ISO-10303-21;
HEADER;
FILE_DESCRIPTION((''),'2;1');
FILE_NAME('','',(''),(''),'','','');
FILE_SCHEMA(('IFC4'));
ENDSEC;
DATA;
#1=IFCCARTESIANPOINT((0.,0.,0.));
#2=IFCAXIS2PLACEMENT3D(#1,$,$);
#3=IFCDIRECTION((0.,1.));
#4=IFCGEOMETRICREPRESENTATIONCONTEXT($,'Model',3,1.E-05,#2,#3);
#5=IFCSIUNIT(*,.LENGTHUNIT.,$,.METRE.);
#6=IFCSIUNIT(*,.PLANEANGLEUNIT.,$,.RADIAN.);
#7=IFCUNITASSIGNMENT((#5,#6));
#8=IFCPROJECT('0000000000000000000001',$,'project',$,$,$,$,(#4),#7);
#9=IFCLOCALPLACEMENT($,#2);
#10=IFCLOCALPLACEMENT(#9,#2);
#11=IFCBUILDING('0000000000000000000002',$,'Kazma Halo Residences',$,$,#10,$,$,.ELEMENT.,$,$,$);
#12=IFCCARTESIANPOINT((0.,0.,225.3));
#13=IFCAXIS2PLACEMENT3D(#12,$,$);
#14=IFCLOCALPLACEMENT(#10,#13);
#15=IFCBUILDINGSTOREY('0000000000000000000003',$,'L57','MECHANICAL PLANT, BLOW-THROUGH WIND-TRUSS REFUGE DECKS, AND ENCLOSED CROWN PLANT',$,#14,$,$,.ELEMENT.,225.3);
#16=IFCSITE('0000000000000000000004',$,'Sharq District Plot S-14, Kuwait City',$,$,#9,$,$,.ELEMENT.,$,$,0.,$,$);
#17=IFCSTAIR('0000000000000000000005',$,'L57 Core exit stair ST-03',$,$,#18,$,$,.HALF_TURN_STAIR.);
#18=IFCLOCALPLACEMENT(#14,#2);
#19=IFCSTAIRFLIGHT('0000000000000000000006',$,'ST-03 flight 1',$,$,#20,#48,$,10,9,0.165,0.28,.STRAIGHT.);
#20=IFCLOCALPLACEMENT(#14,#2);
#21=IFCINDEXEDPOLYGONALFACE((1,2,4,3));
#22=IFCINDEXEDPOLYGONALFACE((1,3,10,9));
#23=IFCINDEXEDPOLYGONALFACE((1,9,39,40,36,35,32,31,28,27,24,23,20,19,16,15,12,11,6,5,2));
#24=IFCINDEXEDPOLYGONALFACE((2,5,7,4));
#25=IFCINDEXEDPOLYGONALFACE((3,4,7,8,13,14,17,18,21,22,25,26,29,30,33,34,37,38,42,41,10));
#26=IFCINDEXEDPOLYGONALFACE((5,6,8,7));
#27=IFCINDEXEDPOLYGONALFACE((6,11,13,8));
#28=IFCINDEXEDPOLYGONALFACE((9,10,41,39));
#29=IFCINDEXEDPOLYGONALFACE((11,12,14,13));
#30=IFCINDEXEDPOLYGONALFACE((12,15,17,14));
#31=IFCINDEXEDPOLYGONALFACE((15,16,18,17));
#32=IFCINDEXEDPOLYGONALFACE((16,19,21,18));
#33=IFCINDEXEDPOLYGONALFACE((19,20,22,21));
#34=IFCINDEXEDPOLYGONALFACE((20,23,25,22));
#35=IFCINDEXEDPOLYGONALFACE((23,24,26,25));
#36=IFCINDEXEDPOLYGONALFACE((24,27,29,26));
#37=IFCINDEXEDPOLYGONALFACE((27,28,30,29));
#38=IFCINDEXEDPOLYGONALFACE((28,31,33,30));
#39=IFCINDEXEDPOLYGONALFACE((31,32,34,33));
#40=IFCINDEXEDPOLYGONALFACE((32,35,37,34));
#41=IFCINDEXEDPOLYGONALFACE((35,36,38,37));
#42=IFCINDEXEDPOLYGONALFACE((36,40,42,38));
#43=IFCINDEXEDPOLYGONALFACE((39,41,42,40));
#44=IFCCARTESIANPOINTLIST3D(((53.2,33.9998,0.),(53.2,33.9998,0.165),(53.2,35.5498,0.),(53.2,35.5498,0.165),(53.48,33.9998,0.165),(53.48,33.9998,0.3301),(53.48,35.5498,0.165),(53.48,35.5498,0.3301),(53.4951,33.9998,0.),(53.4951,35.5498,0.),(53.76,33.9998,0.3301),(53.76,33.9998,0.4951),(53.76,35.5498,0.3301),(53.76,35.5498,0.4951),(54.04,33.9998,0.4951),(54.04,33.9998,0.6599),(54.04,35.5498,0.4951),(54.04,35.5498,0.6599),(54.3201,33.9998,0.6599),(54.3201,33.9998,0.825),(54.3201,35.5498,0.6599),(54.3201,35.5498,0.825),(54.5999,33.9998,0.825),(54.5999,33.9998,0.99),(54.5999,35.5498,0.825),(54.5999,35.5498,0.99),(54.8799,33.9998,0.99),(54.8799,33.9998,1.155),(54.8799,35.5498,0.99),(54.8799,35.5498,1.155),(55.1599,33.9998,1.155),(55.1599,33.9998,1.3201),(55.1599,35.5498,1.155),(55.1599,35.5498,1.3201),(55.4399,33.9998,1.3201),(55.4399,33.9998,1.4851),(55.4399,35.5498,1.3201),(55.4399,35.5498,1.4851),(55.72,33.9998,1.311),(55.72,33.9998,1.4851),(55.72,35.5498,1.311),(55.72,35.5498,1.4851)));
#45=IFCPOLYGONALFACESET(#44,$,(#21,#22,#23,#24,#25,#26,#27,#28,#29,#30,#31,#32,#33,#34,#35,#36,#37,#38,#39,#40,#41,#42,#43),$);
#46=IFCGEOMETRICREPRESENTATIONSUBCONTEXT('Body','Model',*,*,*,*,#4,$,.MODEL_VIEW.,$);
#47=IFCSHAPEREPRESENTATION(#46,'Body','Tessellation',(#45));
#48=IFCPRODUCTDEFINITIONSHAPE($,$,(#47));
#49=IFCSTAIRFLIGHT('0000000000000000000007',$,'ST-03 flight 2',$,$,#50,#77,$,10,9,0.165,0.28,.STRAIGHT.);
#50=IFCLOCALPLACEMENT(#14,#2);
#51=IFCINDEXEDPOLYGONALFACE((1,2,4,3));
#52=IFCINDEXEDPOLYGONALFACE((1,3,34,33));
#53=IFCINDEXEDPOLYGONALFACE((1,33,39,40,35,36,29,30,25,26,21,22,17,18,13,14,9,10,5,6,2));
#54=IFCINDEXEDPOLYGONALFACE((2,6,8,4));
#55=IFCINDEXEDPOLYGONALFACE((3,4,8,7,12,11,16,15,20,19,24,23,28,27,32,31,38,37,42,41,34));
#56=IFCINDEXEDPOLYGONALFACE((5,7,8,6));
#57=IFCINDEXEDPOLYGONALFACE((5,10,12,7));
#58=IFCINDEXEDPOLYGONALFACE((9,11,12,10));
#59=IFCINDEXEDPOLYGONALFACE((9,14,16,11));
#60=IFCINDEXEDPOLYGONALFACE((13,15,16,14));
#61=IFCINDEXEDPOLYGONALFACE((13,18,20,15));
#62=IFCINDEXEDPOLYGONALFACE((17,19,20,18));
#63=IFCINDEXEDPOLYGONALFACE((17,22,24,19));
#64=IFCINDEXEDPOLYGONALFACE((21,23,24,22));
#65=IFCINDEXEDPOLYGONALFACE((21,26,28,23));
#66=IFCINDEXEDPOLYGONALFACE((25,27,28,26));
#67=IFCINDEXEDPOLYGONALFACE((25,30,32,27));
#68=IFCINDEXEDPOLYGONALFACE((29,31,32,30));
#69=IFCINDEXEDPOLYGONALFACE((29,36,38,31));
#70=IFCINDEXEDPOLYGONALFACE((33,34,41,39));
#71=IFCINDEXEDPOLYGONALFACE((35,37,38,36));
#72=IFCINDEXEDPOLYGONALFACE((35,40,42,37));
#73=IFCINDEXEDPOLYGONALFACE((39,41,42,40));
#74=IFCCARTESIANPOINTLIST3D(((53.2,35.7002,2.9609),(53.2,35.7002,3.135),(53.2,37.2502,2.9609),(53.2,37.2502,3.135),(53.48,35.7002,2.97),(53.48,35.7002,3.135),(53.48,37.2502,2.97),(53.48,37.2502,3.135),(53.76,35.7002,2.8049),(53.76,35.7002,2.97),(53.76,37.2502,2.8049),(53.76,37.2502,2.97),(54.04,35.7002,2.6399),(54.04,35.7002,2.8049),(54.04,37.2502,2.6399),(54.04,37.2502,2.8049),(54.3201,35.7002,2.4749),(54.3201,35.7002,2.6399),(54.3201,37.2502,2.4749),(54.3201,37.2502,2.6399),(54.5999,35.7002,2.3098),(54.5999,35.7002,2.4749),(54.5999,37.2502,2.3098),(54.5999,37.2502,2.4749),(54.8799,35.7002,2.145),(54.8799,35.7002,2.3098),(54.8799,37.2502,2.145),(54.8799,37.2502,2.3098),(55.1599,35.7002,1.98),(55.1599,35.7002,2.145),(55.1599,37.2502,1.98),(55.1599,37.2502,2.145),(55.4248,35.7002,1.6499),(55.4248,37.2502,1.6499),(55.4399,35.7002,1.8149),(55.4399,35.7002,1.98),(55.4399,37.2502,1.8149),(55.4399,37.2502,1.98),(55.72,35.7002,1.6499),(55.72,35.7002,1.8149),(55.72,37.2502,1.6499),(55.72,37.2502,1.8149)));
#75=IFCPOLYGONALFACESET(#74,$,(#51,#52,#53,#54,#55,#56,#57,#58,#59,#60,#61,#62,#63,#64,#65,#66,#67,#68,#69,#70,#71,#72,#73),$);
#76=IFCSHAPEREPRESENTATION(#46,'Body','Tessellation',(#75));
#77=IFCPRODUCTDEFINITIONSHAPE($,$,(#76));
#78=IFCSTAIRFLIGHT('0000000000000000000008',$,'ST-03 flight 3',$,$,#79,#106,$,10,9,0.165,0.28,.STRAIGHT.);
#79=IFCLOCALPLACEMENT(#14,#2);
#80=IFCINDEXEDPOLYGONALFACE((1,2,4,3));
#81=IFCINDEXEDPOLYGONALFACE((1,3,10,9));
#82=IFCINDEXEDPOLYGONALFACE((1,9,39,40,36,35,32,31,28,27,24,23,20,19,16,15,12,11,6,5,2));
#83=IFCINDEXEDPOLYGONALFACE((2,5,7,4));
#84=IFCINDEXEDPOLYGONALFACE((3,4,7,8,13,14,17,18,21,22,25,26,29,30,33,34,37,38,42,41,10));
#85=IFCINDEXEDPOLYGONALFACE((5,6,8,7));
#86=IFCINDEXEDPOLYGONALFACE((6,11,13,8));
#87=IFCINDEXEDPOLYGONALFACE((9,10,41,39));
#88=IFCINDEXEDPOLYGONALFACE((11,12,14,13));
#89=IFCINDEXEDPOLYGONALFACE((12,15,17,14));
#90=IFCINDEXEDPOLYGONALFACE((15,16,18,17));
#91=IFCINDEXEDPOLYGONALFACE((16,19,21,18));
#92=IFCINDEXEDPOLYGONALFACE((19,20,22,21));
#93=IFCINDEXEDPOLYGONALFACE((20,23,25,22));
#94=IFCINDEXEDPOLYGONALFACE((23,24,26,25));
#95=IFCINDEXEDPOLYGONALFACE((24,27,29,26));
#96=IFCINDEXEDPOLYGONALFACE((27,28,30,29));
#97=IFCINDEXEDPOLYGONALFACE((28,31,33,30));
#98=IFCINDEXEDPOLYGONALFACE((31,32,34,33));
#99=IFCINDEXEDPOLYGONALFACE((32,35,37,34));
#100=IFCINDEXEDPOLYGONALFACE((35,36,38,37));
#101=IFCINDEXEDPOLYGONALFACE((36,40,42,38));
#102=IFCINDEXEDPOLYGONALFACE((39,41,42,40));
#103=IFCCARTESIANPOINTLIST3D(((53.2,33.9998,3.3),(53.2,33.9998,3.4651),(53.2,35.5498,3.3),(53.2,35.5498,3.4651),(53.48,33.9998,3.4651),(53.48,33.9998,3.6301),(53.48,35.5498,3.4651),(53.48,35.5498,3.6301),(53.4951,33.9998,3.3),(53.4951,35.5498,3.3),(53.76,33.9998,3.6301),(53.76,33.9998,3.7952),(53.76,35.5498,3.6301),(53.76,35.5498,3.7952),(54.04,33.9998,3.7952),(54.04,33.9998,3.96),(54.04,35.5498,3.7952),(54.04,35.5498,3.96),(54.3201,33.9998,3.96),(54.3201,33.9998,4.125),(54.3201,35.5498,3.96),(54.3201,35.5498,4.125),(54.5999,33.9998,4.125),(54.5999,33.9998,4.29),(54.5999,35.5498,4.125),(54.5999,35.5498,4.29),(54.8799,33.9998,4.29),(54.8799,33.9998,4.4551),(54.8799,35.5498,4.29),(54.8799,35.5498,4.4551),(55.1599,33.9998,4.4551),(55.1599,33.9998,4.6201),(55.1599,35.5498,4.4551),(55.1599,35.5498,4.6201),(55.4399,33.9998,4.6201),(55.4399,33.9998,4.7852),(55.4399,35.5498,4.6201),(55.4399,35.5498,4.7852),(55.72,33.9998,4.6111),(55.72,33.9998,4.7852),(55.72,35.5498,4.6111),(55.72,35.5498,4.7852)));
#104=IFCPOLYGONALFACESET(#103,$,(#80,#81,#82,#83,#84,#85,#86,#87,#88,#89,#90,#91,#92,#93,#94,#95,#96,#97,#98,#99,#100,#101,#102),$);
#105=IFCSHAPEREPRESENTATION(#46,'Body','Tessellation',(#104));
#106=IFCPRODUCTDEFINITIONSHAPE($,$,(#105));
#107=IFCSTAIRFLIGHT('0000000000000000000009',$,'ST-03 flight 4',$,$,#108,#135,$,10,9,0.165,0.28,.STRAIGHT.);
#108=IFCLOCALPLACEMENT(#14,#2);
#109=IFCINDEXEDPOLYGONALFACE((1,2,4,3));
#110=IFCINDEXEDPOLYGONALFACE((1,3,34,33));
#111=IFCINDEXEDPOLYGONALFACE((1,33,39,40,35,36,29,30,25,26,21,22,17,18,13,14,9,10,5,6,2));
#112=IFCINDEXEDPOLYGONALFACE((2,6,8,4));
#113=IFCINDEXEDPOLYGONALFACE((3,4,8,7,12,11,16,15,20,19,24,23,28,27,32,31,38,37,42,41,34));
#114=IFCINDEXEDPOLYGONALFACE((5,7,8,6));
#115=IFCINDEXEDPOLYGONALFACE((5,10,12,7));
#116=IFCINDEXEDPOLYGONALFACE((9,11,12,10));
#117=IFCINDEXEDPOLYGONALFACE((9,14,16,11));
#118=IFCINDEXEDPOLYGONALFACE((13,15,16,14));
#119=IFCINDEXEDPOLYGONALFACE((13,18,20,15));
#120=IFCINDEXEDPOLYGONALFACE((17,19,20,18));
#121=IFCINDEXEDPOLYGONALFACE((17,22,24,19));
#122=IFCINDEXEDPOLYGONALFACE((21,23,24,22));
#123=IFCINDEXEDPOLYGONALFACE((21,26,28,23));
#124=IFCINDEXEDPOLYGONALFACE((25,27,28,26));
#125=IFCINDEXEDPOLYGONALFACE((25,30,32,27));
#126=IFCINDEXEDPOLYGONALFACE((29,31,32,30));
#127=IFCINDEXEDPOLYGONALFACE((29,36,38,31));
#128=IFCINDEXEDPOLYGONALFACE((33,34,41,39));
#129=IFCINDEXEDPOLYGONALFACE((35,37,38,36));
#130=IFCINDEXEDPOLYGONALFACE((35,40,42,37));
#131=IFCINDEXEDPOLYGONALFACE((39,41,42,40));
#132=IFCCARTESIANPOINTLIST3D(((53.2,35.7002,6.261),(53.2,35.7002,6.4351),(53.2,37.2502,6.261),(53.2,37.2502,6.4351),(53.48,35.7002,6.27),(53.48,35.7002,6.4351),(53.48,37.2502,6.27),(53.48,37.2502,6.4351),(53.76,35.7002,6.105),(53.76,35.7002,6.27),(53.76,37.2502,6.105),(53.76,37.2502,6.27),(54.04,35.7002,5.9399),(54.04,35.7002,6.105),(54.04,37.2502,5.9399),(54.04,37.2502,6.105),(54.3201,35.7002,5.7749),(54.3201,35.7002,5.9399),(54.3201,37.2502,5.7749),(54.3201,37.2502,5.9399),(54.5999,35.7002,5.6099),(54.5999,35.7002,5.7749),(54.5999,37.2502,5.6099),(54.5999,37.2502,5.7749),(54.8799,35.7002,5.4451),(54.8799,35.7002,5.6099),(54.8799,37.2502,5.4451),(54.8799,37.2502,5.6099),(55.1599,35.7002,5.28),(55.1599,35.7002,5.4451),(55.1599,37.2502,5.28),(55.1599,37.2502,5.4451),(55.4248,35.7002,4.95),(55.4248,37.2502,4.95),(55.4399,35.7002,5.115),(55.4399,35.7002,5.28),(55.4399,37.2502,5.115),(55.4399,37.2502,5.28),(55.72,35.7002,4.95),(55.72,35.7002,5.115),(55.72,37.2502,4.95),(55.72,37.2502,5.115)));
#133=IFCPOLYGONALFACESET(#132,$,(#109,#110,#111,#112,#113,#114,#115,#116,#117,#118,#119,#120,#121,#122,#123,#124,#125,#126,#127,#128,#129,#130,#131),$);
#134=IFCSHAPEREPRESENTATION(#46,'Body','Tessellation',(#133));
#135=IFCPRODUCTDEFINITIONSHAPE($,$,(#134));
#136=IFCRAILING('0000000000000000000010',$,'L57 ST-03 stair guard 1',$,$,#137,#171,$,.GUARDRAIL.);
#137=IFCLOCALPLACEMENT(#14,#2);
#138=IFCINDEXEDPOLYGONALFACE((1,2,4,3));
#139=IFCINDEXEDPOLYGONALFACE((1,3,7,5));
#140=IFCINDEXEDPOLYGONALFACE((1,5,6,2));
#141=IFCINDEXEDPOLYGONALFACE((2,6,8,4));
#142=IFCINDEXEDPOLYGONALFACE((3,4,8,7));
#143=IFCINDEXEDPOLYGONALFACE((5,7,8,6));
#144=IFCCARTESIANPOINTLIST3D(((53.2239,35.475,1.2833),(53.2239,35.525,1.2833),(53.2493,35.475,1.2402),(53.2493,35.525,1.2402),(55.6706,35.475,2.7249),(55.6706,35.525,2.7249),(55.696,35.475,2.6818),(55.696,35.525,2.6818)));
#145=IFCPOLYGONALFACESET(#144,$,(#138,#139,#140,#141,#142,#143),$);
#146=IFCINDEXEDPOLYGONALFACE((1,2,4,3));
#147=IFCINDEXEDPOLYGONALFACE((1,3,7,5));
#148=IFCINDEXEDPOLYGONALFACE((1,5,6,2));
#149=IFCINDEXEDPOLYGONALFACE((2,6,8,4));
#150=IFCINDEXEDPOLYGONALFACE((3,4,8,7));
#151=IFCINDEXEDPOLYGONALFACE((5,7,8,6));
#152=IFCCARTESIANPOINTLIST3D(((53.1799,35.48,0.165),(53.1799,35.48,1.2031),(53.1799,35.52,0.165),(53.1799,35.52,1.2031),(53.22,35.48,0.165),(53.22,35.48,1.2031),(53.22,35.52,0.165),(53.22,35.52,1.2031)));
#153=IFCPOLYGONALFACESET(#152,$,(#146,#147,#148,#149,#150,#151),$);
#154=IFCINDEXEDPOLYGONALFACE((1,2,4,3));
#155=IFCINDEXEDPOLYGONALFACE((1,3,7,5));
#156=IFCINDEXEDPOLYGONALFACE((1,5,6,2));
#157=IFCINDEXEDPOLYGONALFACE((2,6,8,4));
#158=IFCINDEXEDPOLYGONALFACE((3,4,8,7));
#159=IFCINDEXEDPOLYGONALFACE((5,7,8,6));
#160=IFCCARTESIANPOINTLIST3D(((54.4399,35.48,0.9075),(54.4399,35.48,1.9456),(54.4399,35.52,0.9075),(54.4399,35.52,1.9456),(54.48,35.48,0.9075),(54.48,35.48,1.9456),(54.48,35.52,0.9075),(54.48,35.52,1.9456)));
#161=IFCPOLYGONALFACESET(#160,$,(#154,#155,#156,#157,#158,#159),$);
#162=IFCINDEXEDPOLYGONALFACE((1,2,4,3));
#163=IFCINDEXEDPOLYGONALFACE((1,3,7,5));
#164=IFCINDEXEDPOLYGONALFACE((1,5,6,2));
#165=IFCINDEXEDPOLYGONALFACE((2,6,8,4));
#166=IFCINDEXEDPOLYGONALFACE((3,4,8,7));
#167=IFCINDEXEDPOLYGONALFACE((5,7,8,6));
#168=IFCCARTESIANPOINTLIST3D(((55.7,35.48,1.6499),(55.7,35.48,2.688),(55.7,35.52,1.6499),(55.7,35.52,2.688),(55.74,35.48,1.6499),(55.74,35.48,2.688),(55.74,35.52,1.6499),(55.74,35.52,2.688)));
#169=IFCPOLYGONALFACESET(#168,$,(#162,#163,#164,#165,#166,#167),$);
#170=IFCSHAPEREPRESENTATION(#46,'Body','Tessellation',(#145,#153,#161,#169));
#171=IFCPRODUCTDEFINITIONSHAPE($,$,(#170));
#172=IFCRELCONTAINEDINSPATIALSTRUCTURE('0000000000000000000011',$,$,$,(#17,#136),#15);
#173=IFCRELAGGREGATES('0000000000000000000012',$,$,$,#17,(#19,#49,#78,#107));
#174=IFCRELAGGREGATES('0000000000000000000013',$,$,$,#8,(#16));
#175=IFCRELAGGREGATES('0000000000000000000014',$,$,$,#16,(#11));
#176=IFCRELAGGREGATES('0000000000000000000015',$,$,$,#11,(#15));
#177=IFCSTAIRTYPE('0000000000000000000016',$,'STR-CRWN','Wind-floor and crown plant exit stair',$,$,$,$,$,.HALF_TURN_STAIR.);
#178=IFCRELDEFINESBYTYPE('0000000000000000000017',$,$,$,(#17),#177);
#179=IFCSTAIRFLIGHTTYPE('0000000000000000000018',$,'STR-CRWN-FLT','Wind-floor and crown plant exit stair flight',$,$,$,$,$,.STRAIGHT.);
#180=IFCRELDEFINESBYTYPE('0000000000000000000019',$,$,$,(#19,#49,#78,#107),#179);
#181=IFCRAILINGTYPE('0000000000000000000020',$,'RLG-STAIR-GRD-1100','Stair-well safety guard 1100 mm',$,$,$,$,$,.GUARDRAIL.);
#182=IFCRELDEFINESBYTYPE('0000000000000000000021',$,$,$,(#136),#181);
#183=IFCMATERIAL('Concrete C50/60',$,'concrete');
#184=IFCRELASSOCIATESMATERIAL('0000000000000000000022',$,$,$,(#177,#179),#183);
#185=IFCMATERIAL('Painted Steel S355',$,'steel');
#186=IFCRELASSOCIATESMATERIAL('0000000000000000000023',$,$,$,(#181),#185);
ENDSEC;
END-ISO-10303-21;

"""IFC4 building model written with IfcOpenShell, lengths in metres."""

from ifc_helpers import new_model, si_unit, direction, frame, origin, origin_2d, place, context, subcontext, project, spatial, polyline, rectangle, outline, extrude, material, type_object, element, aggregate, save


model = new_model("IFC4")

# Units and contexts
model_context = context("Model", 3, precision=1e-05, world=origin(), true_north=direction((0.0, 1.0)))
body_context = subcontext(model_context, "Body", "Model", "MODEL_VIEW")
ifc_project = project(units=[si_unit("LENGTHUNIT", "METRE"), si_unit("PLANEANGLEUNIT", "RADIAN")], contexts=[model_context])

# Site, building, storey
site_placement = place(None, origin())
site = spatial("IfcSite", under=ifc_project, at=site_placement, Name="Sharq District Plot S-14, Kuwait City", CompositionType="ELEMENT", RefElevation=0.0)
building_placement = place(site_placement, origin())
building = spatial("IfcBuilding", under=site, at=building_placement, Name="Kazma Halo Residences", CompositionType="ELEMENT")
storey_placement = place(building_placement, frame((0.0, 0.0, 225.3)))
storey = spatial("IfcBuildingStorey", under=building, at=storey_placement, Name="L57", Description="MECHANICAL PLANT, BLOW-THROUGH WIND-TRUSS REFUGE DECKS, AND ENCLOSED CROWN PLANT", CompositionType="ELEMENT", Elevation=225.3)

# Shared definitions
ifc_material_1 = material(Name="Concrete C50/60", Category="concrete")

# Stair, stair flights
stair_type = type_object("IfcStairType", Name="STR-CRWN", Description="Wind-floor and crown plant exit stair", PredefinedType="HALF_TURN_STAIR", material=ifc_material_1)
stair_placement = place(storey_placement, origin())
stair = element("IfcStair", 1, at=stair_placement, inside=storey, type_object=stair_type, Name="L57 Core exit stair ST-03", PredefinedType="HALF_TURN_STAIR")
stair_flight_type = type_object("IfcStairFlightType", Name="STR-CRWN-FLT", Description="Wind-floor and crown plant exit stair flight", PredefinedType="STRAIGHT", material=ifc_material_1)
stair_flight_1_placement = place(storey_placement, frame((53.2, 34.7749, 0.0), z_axis=(0.0, 0.0, 1.0), x_axis=(1.0, 0.0, 0.0)))
stair_flight_1 = element("IfcStairFlight", 2, at=stair_flight_1_placement, type_object=stair_flight_type, Name="ST-03 flight 1", NumberOfRisers=10, NumberOfTreads=9, PredefinedType="STRAIGHT", RiserHeight=0.165, TreadLength=0.28, context=body_context, shape_type="SweptSolid", body=[
    extrude(outline(polyline([(0.0, 0.0), (0.0, 0.165), (0.28, 0.165), (0.28, 0.3301), (0.5601, 0.3301), (0.5601, 0.4951), (0.8401, 0.4951), (0.8401, 0.6599), (1.1201, 0.6599), (1.1201, 0.825), (1.3999, 0.825), (1.3999, 0.99), (1.6799, 0.99), (1.6799, 1.155), (1.96, 1.155), (1.96, 1.3201), (2.24, 1.3201), (2.24, 1.4851), (2.52, 1.4851), (2.52, 1.6499), (2.52, 1.311), (0.2952, 0.0), (0.0, 0.0)])), frame((0.0, 0.7749, 0.0), z_axis=(0.0, -1.0, 0.0), x_axis=(1.0, 0.0, 0.0)), (0.0, 0.0, 1.0), 1.55),
])
stair_flight_2_placement = place(storey_placement, frame((55.72, 36.4751, 1.6499), z_axis=(0.0, 0.0, 1.0), x_axis=(-1.0, 0.0, 0.0)))
stair_flight_2 = element("IfcStairFlight", 3, at=stair_flight_2_placement, type_object=stair_flight_type, Name="ST-03 flight 2", NumberOfRisers=10, NumberOfTreads=9, PredefinedType="STRAIGHT", RiserHeight=0.165, TreadLength=0.28, context=body_context, shape_type="SweptSolid", body=[
    extrude(outline(polyline([(0.0, 0.0), (0.0, 0.165), (0.28, 0.165), (0.28, 0.3301), (0.5601, 0.3301), (0.5601, 0.4951), (0.8401, 0.4951), (0.8401, 0.6599), (1.1201, 0.6599), (1.1201, 0.825), (1.3999, 0.825), (1.3999, 0.99), (1.6799, 0.99), (1.6799, 1.155), (1.96, 1.155), (1.96, 1.3201), (2.24, 1.3201), (2.24, 1.4851), (2.52, 1.4851), (2.52, 1.6499), (2.52, 1.311), (0.2952, 0.0), (0.0, 0.0)])), frame((0.0, 0.7749, 0.0), z_axis=(0.0, -1.0, 0.0), x_axis=(1.0, 0.0, 0.0)), (0.0, 0.0, 1.0), 1.55),
])
stair_flight_3_placement = place(storey_placement, frame((53.2, 34.7749, 3.3), z_axis=(0.0, 0.0, 1.0), x_axis=(1.0, 0.0, 0.0)))
stair_flight_3 = element("IfcStairFlight", 4, at=stair_flight_3_placement, type_object=stair_flight_type, Name="ST-03 flight 3", NumberOfRisers=10, NumberOfTreads=9, PredefinedType="STRAIGHT", RiserHeight=0.165, TreadLength=0.28, context=body_context, shape_type="SweptSolid", body=[
    extrude(outline(polyline([(0.0, 0.0), (0.0, 0.165), (0.28, 0.165), (0.28, 0.3301), (0.5601, 0.3301), (0.5601, 0.4951), (0.8401, 0.4951), (0.8401, 0.6599), (1.1201, 0.6599), (1.1201, 0.825), (1.3999, 0.825), (1.3999, 0.99), (1.6799, 0.99), (1.6799, 1.155), (1.96, 1.155), (1.96, 1.3201), (2.24, 1.3201), (2.24, 1.4851), (2.52, 1.4851), (2.52, 1.6499), (2.52, 1.311), (0.2952, 0.0), (0.0, 0.0)])), frame((0.0, 0.7749, 0.0), z_axis=(0.0, -1.0, 0.0), x_axis=(1.0, 0.0, 0.0)), (0.0, 0.0, 1.0), 1.55),
])
stair_flight_4_placement = place(storey_placement, frame((55.72, 36.4751, 4.95), z_axis=(0.0, 0.0, 1.0), x_axis=(-1.0, 0.0, 0.0)))
stair_flight_4 = element("IfcStairFlight", 5, at=stair_flight_4_placement, type_object=stair_flight_type, Name="ST-03 flight 4", NumberOfRisers=10, NumberOfTreads=9, PredefinedType="STRAIGHT", RiserHeight=0.165, TreadLength=0.28, context=body_context, shape_type="SweptSolid", body=[
    extrude(outline(polyline([(0.0, 0.0), (0.0, 0.165), (0.28, 0.165), (0.28, 0.3301), (0.5601, 0.3301), (0.5601, 0.4951), (0.8401, 0.4951), (0.8401, 0.6599), (1.1201, 0.6599), (1.1201, 0.825), (1.3999, 0.825), (1.3999, 0.99), (1.6799, 0.99), (1.6799, 1.155), (1.96, 1.155), (1.96, 1.3201), (2.24, 1.3201), (2.24, 1.4851), (2.52, 1.4851), (2.52, 1.6499), (2.52, 1.311), (0.2952, 0.0), (0.0, 0.0)])), frame((0.0, 0.7749, 0.0), z_axis=(0.0, -1.0, 0.0), x_axis=(1.0, 0.0, 0.0)), (0.0, 0.0, 1.0), 1.55),
])
aggregate(stair, [stair_flight_1, stair_flight_2, stair_flight_3, stair_flight_4])

# Railing
ifc_material_2 = material(Name="Painted Steel S355", Category="steel")
railing_type_1 = type_object("IfcRailingType", Name="RLG-STAIR-GRD-1100", Description="Stair-well safety guard 1100 mm", PredefinedType="GUARDRAIL", material=ifc_material_2)
railing_1_placement = place(storey_placement, frame((53.2, 35.5, 0.165)))
element("IfcRailing", 6, at=railing_1_placement, inside=storey, type_object=railing_type_1, Name="L57 ST-03 stair guard 1", PredefinedType="GUARDRAIL", context=body_context, shape_type="SweptSolid", body=[
    extrude(rectangle(XDim=0.05, YDim=0.05, at=origin_2d()), frame((0.0366, 0.0, 1.0967), z_axis=(0.861561, 0.0, 0.507655), x_axis=(0.0, 1.0, 0.0)), (0.0, 0.0, 1.0), 2.8398),
    extrude(rectangle(XDim=0.04, YDim=0.04, at=origin_2d()), origin(), (0.0, 0.0, 1.0), 1.0381),
    extrude(rectangle(XDim=0.04, YDim=0.04, at=origin_2d()), frame((1.26, 0.0, 0.7424)), (0.0, 0.0, 1.0), 1.0381),
    extrude(rectangle(XDim=0.04, YDim=0.04, at=origin_2d()), frame((2.52, 0.0, 1.4849)), (0.0, 0.0, 1.0), 1.0381),
])

save(model, "model.ifc")
